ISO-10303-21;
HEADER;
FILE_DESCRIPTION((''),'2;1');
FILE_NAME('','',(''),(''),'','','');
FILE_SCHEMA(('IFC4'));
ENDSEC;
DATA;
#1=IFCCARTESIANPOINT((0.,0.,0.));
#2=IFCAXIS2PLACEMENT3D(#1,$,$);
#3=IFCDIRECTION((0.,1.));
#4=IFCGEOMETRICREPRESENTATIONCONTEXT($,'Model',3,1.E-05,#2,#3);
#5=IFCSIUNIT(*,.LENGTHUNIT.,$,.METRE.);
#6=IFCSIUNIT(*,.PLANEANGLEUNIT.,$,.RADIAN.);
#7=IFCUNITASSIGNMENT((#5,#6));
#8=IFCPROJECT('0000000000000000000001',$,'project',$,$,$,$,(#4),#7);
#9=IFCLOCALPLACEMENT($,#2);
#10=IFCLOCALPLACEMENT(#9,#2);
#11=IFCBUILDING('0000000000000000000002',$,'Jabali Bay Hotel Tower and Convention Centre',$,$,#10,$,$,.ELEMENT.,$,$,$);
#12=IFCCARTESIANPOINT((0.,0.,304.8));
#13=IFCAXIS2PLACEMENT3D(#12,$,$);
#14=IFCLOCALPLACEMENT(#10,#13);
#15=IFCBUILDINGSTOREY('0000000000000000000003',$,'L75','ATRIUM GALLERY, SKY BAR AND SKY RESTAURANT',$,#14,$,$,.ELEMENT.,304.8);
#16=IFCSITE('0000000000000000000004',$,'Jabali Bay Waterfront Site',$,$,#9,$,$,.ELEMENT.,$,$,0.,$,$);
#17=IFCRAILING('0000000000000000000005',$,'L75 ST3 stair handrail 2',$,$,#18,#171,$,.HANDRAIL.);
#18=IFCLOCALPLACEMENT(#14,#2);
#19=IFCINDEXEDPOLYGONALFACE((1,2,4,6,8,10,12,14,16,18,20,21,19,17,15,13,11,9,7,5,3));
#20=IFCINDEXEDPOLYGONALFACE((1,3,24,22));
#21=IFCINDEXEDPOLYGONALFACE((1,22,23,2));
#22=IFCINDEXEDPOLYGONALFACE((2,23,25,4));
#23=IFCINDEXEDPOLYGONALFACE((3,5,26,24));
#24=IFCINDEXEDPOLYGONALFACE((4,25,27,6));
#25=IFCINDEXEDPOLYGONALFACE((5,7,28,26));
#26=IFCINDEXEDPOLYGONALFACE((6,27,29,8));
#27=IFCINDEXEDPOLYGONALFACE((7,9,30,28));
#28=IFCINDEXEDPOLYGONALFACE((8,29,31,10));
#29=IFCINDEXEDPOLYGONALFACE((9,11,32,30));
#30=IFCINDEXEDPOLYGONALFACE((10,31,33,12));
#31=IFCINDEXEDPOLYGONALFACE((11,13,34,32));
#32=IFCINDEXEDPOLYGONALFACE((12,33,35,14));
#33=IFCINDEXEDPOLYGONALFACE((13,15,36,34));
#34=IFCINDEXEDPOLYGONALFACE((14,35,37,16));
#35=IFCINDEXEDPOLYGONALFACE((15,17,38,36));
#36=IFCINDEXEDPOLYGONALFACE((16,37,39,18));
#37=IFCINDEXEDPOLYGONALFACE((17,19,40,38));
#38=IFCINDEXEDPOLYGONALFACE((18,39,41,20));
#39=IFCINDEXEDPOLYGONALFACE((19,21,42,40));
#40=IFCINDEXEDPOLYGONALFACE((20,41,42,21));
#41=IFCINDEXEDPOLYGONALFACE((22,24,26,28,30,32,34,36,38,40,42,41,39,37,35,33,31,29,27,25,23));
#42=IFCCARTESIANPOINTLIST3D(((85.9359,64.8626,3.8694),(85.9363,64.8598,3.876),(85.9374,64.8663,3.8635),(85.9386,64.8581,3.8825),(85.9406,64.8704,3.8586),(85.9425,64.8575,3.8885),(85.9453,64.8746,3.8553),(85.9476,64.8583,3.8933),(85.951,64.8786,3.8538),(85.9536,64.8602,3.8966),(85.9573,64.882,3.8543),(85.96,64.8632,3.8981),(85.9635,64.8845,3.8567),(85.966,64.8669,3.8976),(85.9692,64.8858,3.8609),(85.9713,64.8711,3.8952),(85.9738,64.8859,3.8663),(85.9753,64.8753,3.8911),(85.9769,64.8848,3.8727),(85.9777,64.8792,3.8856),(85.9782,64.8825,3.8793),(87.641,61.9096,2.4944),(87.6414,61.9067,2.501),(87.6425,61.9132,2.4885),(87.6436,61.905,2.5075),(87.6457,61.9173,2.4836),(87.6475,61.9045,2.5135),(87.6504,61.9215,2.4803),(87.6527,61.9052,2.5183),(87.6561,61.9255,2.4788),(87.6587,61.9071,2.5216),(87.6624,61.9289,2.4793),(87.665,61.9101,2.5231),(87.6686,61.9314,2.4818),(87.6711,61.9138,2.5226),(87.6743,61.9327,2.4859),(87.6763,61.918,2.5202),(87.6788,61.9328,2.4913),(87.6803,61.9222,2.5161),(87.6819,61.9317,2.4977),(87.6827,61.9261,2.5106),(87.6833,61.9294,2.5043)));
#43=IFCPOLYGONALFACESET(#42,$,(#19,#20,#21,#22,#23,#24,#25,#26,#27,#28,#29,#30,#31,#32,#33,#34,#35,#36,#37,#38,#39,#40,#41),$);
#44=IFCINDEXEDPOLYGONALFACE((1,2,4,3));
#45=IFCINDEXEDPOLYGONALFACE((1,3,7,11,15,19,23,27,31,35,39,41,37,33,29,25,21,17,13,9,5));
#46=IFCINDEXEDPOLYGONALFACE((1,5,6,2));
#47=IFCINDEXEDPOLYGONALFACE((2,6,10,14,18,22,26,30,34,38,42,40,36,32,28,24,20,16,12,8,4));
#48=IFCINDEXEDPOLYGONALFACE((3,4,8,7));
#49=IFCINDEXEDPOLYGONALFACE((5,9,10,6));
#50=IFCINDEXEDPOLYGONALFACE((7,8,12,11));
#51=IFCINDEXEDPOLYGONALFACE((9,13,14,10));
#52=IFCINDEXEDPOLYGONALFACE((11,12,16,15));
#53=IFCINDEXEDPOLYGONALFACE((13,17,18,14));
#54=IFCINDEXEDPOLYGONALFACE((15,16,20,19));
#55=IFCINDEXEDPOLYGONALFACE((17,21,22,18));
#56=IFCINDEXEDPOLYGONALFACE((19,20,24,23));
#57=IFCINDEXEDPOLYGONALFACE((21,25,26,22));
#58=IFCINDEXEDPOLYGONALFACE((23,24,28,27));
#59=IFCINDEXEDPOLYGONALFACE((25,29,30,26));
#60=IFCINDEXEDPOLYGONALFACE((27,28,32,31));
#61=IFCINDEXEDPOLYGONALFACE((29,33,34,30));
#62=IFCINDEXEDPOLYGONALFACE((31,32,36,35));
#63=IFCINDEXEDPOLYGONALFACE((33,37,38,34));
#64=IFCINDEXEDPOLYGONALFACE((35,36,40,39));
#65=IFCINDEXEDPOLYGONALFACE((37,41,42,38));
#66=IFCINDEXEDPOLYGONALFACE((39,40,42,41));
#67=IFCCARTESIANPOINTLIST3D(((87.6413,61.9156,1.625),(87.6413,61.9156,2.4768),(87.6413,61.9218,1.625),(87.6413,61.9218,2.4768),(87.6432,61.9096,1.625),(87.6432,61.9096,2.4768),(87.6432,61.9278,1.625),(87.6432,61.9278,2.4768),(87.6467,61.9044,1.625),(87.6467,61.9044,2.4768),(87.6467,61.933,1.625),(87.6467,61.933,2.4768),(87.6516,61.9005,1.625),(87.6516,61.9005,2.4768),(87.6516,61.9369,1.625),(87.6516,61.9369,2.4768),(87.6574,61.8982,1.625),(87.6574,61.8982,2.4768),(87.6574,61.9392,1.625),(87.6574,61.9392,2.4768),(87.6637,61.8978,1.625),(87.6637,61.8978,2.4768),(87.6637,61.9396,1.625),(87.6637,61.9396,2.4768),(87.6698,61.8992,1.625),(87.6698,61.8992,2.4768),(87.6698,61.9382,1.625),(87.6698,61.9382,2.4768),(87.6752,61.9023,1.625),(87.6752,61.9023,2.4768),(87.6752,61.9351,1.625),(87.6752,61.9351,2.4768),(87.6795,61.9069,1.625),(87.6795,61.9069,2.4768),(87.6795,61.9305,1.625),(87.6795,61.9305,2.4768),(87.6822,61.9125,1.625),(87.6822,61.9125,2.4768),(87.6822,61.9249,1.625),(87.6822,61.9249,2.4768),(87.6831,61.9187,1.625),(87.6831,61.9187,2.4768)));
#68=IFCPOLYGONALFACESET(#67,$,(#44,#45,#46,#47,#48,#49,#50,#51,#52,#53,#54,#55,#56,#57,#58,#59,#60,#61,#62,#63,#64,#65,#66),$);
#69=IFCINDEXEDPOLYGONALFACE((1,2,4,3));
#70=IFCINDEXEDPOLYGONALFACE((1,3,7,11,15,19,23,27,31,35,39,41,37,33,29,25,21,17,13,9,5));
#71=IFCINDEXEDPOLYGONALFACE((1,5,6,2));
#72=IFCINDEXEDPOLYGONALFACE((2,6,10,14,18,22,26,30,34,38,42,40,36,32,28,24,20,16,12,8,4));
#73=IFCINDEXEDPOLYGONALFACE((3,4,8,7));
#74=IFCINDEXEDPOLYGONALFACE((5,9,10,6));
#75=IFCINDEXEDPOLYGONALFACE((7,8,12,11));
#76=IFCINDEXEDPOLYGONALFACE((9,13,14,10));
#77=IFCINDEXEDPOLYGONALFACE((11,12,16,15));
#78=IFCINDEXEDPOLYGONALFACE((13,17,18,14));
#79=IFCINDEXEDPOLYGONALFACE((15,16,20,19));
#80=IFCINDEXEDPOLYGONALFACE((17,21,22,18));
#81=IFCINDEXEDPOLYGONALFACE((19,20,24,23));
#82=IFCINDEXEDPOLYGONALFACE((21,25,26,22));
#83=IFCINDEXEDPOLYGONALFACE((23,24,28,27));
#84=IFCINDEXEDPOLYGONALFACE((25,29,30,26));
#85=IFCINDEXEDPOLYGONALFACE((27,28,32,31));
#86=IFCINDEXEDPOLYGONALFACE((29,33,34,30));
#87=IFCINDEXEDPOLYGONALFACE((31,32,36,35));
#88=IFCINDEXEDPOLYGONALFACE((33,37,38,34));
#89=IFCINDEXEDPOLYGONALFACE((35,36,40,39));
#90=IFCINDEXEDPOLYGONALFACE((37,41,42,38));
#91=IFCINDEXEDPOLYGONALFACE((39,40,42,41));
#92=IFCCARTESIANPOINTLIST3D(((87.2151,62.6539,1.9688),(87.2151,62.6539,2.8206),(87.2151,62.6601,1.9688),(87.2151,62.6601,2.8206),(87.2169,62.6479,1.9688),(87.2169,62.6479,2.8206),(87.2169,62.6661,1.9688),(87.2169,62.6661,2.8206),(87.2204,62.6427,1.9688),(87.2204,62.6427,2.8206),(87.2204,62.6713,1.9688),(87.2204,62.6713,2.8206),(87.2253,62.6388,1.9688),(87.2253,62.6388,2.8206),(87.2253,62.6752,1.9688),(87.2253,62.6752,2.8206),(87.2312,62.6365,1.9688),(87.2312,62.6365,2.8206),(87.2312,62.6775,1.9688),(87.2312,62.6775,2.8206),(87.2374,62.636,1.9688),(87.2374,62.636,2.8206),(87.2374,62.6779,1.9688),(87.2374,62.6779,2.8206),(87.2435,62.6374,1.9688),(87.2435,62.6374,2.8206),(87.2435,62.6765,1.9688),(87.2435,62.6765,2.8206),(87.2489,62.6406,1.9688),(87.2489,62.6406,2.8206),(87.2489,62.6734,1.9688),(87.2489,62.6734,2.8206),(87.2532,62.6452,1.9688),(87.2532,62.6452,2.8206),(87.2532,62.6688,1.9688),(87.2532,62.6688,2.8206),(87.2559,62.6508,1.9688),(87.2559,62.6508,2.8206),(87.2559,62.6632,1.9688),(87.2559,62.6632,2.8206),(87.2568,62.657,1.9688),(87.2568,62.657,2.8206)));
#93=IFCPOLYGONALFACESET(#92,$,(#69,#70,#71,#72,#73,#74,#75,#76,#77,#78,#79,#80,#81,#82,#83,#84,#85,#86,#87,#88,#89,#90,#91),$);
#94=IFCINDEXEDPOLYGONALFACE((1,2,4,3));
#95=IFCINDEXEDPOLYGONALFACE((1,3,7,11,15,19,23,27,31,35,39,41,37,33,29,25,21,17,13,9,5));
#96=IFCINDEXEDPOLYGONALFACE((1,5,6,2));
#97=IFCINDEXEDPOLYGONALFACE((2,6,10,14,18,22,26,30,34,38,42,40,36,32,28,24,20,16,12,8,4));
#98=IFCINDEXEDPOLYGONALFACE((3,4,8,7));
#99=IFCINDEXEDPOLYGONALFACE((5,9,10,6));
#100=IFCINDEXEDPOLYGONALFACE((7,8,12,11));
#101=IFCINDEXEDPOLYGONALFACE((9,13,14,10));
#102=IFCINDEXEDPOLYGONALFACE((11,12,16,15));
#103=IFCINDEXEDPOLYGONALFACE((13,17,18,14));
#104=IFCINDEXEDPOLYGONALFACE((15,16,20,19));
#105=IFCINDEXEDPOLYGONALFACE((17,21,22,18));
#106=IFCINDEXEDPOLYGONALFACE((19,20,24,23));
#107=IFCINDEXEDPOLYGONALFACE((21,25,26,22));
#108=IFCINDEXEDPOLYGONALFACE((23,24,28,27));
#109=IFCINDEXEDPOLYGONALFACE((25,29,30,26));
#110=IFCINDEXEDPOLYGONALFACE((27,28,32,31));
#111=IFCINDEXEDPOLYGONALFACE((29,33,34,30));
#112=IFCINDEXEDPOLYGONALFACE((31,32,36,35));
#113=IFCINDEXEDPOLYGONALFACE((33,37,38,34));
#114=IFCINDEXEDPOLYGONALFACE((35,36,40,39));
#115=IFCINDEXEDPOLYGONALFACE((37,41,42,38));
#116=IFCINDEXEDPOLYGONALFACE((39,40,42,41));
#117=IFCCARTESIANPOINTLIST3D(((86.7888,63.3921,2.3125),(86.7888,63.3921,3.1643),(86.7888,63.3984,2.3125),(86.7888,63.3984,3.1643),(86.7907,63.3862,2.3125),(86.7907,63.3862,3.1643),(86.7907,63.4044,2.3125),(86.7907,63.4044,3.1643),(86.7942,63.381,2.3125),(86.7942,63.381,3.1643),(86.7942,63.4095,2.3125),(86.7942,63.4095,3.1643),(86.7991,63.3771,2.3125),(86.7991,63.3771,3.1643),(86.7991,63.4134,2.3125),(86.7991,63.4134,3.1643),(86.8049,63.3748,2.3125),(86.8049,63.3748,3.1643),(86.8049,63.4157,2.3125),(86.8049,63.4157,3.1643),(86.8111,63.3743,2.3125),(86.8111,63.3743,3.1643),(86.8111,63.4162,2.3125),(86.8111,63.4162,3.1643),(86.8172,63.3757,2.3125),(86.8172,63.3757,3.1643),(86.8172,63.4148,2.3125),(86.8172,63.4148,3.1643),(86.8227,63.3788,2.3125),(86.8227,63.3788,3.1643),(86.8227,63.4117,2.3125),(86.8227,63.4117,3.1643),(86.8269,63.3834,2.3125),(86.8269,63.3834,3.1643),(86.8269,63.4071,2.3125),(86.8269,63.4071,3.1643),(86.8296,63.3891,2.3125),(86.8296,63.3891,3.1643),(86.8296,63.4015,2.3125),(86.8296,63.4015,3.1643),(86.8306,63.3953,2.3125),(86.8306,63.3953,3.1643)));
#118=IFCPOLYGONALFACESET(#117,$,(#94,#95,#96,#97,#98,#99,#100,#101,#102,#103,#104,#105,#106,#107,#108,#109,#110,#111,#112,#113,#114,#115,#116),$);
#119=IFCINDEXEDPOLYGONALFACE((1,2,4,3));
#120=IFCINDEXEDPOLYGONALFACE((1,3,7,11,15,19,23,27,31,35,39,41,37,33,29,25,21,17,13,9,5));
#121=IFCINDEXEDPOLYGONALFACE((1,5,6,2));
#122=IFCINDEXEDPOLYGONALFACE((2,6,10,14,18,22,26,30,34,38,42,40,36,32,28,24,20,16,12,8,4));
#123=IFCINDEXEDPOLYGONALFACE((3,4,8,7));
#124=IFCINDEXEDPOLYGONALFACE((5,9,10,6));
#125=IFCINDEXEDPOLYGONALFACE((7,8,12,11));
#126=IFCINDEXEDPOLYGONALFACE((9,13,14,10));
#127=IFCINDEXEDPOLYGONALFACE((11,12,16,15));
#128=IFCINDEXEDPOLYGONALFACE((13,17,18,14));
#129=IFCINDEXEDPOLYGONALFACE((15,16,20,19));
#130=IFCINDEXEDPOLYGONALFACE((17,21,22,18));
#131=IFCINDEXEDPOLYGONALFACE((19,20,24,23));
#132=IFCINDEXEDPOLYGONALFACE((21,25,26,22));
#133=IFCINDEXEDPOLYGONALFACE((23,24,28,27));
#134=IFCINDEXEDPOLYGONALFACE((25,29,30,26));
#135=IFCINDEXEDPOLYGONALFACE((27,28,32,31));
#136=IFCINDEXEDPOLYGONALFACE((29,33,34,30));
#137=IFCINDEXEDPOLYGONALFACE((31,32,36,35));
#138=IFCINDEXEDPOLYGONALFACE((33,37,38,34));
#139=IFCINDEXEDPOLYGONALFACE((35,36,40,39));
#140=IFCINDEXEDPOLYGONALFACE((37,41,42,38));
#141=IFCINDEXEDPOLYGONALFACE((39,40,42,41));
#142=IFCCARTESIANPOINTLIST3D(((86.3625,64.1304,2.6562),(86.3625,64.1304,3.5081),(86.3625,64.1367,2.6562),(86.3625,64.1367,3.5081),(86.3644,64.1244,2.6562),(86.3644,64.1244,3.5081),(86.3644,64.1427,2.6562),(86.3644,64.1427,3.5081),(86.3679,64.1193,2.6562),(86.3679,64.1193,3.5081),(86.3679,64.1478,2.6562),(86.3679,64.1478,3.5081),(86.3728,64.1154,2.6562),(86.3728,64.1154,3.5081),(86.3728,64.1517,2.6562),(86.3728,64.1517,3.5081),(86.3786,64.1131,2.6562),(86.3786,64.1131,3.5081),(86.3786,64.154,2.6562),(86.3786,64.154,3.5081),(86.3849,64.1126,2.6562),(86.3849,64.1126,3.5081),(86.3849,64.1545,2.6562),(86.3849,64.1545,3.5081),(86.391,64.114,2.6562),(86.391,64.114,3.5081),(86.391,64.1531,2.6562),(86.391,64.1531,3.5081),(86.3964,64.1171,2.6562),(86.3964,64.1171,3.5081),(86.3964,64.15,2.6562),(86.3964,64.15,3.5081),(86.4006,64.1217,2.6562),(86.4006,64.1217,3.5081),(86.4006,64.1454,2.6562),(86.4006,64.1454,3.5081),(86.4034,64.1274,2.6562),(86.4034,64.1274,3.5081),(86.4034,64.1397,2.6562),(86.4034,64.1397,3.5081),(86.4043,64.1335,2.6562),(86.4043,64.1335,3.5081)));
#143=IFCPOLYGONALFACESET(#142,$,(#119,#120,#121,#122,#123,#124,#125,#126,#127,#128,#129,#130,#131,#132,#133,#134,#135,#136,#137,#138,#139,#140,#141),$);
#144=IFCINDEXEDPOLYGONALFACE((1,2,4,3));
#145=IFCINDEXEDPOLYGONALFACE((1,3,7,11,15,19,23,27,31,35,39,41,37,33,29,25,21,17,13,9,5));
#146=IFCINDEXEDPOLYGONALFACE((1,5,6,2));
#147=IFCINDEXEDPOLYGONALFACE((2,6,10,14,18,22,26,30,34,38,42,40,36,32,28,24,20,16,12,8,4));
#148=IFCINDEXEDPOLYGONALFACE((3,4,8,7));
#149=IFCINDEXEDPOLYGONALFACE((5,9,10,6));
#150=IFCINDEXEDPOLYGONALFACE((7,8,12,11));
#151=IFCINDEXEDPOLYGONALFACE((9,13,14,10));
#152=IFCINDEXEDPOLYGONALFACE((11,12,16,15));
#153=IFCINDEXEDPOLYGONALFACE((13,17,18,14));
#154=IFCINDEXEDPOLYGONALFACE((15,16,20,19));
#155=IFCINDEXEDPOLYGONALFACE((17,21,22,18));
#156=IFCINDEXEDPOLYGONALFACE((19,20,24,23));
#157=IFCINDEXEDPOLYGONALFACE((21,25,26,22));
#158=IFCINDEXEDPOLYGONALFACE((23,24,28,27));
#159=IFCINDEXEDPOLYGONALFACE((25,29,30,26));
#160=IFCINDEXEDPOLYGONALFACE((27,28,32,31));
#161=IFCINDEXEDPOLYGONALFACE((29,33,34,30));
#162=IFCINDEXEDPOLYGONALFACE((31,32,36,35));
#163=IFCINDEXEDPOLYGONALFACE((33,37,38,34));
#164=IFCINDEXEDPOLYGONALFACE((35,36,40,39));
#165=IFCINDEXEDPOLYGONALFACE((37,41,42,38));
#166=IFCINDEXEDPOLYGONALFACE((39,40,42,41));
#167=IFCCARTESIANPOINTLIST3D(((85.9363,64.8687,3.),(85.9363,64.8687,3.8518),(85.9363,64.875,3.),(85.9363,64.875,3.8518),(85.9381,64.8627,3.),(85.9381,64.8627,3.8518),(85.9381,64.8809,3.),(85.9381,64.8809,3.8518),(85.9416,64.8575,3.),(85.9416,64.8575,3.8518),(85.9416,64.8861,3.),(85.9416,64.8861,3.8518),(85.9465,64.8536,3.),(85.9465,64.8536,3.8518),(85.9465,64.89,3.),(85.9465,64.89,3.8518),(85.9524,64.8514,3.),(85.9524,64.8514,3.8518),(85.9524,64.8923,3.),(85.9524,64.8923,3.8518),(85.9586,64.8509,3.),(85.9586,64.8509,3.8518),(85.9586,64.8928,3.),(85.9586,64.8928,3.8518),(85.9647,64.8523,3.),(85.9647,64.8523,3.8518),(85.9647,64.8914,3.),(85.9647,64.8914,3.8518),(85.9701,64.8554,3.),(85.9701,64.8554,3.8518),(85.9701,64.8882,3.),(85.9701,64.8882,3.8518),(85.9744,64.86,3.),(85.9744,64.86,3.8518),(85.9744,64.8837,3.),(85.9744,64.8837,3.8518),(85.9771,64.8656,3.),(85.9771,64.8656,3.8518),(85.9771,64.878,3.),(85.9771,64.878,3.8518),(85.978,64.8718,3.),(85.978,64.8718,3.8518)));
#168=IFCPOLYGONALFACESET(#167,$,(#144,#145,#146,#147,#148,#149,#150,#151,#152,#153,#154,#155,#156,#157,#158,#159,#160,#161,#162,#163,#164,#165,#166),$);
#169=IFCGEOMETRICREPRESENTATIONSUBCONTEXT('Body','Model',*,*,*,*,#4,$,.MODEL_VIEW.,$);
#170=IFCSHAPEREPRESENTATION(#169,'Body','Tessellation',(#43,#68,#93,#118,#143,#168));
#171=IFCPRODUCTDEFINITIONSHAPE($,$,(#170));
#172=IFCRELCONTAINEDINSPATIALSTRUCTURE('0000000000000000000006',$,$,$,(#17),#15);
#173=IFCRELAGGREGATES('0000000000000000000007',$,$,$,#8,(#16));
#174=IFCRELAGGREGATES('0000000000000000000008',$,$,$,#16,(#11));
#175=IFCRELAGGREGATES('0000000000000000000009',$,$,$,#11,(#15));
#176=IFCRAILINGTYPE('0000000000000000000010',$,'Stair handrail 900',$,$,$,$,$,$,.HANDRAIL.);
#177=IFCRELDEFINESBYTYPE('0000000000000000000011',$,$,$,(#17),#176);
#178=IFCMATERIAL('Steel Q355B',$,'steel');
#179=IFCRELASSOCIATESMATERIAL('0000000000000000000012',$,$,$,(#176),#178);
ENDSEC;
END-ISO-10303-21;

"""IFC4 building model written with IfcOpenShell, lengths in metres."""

from ifc_helpers import new_model, si_unit, direction, frame, origin, origin_2d, place, context, subcontext, project, spatial, circle, extrude, material, type_object, element, save


model = new_model("IFC4")

# Units and contexts
model_context = context("Model", 3, precision=1e-05, world=origin(), true_north=direction((0.0, 1.0)))
body_context = subcontext(model_context, "Body", "Model", "MODEL_VIEW")
ifc_project = project(units=[si_unit("LENGTHUNIT", "METRE"), si_unit("PLANEANGLEUNIT", "RADIAN")], contexts=[model_context])

# Site, building, storey
site_placement = place(None, origin())
site = spatial("IfcSite", under=ifc_project, at=site_placement, Name="Jabali Bay Waterfront Site", CompositionType="ELEMENT", RefElevation=0.0)
building_placement = place(site_placement, origin())
building = spatial("IfcBuilding", under=site, at=building_placement, Name="Jabali Bay Hotel Tower and Convention Centre", CompositionType="ELEMENT")
storey_placement = place(building_placement, frame((0.0, 0.0, 304.8)))
storey = spatial("IfcBuildingStorey", under=building, at=storey_placement, Name="L75", Description="ATRIUM GALLERY, SKY BAR AND SKY RESTAURANT", CompositionType="ELEMENT", Elevation=304.8)

# Railing
ifc_material_1 = material(Name="Steel Q355B", Category="steel")
railing_type = type_object("IfcRailingType", Name="Stair handrail 900", PredefinedType="HANDRAIL", material=ifc_material_1)
for number, where, name in (
    (1, (87.6621, 61.9187, 1.625), "L75 ST3 stair handrail 2"),
):
    element("IfcRailing", number, at=place(storey_placement, frame(where)), inside=storey, type_object=railing_type, Name=name, PredefinedType="HANDRAIL", context=body_context, shape_type="SweptSolid", body=[
        extrude(circle(Radius=0.0239, at=origin_2d()), frame((0.0, 0.0, 0.876), z_axis=(-0.46374, 0.803178, 0.373966), x_axis=(-0.866014, -0.50002, 0.0)), (0.0, 0.0, 1.0), 3.6768),
        extrude(circle(Radius=0.021, at=origin_2d()), origin(), (0.0, 0.0, 1.0), 0.8518),
        extrude(circle(Radius=0.021, at=origin_2d()), frame((-0.4263, 0.7383, 0.3438)), (0.0, 0.0, 1.0), 0.8518),
        extrude(circle(Radius=0.021, at=origin_2d()), frame((-0.8525, 1.4766, 0.6875)), (0.0, 0.0, 1.0), 0.8518),
        extrude(circle(Radius=0.021, at=origin_2d()), frame((-1.2788, 2.2148, 1.0312)), (0.0, 0.0, 1.0), 0.8518),
        extrude(circle(Radius=0.021, at=origin_2d()), frame((-1.7051, 2.9531, 1.375)), (0.0, 0.0, 1.0), 0.8518),
    ])

save(model, "model.ifc")
